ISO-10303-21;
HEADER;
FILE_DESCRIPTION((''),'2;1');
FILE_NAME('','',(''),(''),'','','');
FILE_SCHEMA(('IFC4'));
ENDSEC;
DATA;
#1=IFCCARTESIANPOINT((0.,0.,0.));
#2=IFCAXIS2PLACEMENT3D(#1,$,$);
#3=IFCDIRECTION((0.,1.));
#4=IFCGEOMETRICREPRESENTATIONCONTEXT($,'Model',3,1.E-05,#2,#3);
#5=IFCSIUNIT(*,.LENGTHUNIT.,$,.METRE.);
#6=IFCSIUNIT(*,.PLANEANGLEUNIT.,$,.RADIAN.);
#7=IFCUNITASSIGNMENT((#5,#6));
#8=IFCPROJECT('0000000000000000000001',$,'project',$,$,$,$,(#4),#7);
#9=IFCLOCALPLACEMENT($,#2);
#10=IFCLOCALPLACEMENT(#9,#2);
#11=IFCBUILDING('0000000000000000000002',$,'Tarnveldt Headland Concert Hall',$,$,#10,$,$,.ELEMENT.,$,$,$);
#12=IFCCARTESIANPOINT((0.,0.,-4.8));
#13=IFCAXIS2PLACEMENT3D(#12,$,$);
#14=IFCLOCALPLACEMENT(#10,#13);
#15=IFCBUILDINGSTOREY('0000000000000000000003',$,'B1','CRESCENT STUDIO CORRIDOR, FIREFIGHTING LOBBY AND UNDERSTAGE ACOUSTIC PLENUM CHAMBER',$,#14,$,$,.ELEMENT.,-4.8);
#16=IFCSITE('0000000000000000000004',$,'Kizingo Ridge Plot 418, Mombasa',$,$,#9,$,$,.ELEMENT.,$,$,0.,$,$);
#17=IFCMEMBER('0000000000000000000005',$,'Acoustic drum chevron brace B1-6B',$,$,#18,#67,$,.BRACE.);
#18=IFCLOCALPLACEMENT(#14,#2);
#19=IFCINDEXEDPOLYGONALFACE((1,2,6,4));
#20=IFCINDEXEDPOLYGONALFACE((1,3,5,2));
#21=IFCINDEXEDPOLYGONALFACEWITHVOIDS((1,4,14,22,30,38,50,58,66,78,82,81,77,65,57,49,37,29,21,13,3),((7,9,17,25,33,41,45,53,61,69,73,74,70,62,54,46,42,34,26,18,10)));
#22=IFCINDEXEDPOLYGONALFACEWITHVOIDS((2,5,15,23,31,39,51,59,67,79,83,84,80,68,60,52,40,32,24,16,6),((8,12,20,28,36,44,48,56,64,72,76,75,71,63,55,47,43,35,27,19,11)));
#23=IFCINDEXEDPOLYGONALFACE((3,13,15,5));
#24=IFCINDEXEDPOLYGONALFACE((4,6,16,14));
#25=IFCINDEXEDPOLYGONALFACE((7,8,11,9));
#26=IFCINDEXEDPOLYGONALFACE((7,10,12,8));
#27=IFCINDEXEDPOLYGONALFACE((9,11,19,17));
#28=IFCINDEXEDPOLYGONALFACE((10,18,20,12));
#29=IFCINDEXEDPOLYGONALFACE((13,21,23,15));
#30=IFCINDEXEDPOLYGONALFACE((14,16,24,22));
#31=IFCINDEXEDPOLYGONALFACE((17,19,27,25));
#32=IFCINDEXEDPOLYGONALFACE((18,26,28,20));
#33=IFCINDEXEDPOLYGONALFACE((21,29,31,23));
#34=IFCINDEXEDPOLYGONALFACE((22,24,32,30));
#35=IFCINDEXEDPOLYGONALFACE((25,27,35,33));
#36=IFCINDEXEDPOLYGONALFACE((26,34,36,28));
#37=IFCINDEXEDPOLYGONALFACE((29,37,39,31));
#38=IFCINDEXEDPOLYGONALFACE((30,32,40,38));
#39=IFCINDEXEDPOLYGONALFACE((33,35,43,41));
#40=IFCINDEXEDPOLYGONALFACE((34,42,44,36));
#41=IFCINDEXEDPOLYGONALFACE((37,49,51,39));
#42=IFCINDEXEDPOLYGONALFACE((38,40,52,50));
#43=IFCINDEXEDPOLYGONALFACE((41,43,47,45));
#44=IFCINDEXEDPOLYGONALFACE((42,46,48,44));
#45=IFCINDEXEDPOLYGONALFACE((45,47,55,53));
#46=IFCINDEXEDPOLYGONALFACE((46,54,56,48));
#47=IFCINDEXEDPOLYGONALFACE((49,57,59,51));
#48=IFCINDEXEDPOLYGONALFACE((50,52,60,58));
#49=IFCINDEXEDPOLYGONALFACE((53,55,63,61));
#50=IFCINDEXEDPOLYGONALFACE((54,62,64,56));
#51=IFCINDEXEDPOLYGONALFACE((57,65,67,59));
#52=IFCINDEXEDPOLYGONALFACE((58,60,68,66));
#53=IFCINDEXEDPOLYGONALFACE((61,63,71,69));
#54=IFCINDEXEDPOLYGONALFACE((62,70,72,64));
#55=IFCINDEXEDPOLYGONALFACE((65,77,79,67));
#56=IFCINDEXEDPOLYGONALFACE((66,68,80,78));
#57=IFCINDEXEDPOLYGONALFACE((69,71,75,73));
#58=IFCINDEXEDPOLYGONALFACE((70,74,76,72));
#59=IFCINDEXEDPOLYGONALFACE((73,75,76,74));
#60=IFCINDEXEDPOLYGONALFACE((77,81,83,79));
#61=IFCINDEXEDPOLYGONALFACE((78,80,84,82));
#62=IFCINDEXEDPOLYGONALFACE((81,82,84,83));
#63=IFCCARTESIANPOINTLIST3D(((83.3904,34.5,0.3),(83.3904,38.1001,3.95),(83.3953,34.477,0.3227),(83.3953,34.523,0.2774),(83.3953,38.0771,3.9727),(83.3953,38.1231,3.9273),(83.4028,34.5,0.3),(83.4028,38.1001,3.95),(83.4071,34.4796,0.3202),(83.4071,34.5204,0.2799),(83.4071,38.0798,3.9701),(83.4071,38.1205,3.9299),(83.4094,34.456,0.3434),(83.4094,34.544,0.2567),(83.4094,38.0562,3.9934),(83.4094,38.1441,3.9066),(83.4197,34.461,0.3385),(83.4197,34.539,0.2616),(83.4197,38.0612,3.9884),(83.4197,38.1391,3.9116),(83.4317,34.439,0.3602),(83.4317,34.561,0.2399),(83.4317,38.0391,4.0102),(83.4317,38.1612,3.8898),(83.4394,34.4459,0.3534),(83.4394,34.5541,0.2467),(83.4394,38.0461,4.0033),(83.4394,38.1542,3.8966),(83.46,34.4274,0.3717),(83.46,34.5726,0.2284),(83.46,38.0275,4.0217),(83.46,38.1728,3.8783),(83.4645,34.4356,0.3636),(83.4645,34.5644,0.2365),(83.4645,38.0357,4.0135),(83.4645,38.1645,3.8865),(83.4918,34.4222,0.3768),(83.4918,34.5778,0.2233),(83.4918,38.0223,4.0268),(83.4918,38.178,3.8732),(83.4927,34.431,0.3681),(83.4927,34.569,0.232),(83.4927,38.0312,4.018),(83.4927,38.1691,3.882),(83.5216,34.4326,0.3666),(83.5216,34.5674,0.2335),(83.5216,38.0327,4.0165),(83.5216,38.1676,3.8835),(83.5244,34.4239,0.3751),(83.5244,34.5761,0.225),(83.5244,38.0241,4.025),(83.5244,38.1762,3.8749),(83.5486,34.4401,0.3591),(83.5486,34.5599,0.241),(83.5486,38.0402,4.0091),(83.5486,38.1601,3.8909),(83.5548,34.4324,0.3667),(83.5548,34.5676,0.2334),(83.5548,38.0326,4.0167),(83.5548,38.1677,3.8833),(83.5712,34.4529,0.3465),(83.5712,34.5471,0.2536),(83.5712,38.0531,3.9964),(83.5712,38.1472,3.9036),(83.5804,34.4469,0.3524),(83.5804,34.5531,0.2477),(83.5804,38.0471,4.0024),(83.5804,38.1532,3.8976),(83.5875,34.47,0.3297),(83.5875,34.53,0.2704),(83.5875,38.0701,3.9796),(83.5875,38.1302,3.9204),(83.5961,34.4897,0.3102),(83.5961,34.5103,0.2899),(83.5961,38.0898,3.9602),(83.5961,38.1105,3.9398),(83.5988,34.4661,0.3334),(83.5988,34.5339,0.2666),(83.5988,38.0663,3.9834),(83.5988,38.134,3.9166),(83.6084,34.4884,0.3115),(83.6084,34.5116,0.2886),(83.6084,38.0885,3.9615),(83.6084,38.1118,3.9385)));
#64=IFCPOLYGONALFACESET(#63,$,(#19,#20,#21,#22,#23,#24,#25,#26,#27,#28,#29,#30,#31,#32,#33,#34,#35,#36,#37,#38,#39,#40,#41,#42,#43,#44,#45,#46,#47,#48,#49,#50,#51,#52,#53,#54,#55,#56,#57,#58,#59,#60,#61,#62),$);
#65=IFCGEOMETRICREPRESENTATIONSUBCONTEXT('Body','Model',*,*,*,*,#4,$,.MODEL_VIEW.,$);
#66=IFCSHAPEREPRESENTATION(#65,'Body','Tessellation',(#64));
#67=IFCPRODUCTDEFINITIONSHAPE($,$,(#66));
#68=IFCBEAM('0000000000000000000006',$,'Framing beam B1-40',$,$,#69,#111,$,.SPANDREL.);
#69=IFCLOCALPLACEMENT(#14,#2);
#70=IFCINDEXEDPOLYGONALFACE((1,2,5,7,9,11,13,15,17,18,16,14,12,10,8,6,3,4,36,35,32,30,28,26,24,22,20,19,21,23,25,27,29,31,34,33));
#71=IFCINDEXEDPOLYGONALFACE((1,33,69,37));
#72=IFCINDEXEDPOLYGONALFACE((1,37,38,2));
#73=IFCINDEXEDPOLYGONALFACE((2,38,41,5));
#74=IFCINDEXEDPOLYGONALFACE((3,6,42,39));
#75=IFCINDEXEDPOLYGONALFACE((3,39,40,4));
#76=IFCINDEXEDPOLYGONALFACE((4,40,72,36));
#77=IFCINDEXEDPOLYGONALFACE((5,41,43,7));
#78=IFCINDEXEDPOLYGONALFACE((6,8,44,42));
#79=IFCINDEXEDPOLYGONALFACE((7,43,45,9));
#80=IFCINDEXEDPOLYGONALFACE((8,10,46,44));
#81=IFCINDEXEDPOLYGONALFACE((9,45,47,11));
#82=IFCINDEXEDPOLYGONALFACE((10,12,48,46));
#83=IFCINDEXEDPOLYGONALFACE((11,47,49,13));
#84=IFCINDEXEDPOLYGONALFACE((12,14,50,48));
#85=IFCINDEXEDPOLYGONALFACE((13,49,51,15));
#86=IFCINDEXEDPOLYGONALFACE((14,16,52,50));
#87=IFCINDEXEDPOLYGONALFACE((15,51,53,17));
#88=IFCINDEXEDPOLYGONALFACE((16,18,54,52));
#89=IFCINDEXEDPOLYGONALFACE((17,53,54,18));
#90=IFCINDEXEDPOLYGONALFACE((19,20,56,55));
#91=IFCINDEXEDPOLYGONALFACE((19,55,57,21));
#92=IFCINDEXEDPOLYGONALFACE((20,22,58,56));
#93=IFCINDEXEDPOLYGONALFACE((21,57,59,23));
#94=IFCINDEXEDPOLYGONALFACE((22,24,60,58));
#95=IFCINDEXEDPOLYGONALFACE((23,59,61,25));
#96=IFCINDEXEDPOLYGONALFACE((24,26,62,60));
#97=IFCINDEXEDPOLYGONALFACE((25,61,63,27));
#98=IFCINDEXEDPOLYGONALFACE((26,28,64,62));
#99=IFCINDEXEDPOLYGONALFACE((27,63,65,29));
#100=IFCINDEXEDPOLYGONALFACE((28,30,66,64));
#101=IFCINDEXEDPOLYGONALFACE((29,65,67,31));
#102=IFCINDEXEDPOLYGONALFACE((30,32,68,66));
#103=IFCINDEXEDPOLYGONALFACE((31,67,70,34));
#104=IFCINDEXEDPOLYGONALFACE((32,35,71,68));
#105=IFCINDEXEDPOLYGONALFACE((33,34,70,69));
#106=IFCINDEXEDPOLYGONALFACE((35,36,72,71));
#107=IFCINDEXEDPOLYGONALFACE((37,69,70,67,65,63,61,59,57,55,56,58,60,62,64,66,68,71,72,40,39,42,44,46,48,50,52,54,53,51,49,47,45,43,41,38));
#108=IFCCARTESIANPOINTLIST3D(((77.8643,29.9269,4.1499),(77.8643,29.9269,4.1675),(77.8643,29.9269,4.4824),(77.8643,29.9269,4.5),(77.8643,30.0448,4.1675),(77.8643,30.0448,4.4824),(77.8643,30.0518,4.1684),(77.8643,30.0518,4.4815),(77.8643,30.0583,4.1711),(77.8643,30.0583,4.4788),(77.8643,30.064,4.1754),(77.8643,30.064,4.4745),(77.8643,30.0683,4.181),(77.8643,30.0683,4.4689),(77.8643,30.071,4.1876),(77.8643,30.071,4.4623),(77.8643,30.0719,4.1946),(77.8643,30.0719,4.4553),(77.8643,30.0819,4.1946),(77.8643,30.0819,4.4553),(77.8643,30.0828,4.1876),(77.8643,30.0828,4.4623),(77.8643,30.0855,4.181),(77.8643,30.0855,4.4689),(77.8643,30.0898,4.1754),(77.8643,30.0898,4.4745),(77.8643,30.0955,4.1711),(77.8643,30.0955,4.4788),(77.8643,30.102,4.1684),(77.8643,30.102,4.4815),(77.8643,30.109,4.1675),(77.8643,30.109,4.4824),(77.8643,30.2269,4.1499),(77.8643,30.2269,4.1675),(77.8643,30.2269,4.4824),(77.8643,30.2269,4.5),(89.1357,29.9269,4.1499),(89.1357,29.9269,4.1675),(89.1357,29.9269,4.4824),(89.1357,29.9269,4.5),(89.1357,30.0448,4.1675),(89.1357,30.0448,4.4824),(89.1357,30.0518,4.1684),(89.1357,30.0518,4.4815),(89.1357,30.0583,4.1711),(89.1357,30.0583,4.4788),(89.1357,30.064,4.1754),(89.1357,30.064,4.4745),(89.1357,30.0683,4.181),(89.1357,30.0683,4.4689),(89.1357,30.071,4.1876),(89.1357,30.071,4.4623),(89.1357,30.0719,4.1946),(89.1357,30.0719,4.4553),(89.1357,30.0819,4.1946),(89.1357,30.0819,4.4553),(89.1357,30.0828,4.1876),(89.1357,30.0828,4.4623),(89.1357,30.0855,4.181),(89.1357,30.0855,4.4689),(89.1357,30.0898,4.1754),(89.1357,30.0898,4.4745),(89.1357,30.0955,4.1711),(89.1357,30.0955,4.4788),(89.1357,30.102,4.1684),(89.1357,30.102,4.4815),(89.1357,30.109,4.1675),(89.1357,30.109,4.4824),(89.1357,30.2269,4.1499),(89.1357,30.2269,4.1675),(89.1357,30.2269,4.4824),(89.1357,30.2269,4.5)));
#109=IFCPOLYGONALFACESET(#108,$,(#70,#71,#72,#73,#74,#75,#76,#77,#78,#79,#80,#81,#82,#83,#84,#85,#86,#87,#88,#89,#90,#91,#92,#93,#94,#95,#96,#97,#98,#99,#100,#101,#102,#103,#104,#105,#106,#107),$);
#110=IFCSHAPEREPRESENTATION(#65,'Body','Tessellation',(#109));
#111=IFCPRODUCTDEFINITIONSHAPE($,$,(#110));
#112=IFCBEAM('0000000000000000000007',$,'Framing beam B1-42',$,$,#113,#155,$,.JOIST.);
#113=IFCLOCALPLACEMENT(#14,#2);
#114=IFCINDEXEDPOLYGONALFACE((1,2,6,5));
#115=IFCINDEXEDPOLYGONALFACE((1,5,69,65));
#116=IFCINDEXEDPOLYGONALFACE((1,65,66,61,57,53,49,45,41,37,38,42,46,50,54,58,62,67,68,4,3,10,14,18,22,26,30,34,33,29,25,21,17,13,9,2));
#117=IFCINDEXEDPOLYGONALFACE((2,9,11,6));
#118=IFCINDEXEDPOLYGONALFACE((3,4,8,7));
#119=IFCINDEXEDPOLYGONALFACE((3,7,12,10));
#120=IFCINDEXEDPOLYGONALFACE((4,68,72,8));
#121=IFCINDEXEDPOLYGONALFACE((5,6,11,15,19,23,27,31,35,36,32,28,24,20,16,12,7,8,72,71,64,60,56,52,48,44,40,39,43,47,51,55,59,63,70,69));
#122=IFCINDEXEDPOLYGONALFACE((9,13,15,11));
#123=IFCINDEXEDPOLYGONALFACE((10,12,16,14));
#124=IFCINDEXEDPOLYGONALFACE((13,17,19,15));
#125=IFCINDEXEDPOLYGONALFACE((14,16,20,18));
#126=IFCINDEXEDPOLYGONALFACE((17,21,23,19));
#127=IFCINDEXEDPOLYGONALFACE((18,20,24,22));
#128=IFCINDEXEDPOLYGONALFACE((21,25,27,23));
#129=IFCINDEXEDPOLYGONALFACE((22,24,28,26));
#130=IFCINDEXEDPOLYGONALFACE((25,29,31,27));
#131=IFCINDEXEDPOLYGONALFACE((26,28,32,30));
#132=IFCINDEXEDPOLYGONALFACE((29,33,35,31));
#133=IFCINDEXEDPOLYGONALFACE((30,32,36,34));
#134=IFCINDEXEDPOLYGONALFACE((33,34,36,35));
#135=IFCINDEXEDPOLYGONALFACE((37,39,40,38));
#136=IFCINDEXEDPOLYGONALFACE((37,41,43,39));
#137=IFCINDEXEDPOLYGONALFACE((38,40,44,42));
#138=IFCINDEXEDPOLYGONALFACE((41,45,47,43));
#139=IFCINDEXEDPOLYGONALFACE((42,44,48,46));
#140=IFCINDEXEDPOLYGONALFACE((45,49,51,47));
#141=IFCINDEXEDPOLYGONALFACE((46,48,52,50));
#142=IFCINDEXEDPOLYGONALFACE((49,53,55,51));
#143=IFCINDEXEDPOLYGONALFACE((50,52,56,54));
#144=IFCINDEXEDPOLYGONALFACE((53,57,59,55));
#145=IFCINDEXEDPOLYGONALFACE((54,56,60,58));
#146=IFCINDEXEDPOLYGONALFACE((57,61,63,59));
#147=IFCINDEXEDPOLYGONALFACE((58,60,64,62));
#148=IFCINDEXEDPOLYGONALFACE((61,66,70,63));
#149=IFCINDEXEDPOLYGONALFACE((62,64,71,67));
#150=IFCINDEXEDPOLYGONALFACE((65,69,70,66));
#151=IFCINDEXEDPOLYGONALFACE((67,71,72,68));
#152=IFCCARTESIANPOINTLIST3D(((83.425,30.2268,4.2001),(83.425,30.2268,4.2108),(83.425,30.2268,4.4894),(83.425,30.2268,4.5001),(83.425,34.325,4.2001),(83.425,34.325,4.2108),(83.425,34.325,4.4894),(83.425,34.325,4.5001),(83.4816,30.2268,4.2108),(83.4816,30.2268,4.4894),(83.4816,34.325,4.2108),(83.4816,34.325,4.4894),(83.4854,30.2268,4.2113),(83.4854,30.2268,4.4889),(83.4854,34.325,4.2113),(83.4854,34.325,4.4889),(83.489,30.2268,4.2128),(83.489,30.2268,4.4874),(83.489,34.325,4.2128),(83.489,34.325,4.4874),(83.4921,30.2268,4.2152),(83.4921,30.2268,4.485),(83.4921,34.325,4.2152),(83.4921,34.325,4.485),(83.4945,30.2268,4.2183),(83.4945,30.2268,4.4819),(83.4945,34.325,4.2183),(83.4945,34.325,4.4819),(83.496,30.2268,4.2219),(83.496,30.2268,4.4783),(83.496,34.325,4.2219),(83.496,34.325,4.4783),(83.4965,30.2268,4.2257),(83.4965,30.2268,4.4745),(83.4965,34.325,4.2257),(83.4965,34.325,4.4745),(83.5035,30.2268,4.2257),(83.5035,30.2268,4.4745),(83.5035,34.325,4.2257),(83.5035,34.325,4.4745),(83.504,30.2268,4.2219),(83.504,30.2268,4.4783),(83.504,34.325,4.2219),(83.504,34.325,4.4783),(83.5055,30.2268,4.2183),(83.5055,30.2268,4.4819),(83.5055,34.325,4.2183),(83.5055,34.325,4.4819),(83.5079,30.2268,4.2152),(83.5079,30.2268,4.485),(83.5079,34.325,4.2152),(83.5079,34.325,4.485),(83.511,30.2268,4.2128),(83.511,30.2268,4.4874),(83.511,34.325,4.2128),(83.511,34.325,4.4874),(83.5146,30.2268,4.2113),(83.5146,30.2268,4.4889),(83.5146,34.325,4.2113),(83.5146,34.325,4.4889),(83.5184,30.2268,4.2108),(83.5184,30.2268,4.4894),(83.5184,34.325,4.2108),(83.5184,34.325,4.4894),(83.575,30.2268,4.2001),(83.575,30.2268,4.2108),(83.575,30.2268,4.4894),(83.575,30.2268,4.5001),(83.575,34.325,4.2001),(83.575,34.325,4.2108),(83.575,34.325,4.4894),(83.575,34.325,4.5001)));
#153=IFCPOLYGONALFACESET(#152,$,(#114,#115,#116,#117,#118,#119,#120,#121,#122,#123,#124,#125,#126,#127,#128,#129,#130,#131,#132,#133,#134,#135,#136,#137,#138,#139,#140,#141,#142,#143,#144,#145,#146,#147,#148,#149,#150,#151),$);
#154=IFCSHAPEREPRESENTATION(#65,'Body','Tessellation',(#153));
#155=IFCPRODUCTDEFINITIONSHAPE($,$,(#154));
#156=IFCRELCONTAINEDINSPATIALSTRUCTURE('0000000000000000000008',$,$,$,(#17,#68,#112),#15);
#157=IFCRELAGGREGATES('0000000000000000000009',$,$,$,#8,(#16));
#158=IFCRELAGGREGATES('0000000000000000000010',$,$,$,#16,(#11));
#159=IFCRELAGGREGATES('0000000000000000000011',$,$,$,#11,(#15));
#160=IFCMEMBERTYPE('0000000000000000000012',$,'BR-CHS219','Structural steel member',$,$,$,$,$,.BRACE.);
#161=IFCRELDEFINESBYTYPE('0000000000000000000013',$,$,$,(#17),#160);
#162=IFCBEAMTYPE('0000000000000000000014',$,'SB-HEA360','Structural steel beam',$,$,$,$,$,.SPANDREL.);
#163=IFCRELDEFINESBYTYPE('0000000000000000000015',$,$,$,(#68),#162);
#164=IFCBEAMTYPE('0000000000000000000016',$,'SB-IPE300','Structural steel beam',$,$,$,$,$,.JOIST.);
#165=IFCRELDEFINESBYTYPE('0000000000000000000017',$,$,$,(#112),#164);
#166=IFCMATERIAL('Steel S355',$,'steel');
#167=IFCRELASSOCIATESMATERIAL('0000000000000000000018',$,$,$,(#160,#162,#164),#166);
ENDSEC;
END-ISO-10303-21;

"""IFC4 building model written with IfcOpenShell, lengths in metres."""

from ifc_helpers import new_model, si_unit, direction, frame, origin, origin_2d, place, context, subcontext, project, spatial, hollow_circle, i_section, extrude, material, material_profile, profile_set, type_object, element, save


model = new_model("IFC4")

# Units and contexts
model_context = context("Model", 3, precision=1e-05, world=origin(), true_north=direction((0.0, 1.0)))
body_context = subcontext(model_context, "Body", "Model", "MODEL_VIEW")
ifc_project = project(units=[si_unit("LENGTHUNIT", "METRE"), si_unit("PLANEANGLEUNIT", "RADIAN")], contexts=[model_context])

# Site, building, storey
site_placement = place(None, origin())
site = spatial("IfcSite", under=ifc_project, at=site_placement, Name="Kizingo Ridge Plot 418, Mombasa", CompositionType="ELEMENT", RefElevation=0.0)
building_placement = place(site_placement, origin())
building = spatial("IfcBuilding", under=site, at=building_placement, Name="Tarnveldt Headland Concert Hall", CompositionType="ELEMENT")
storey_placement = place(building_placement, frame((0.0, 0.0, -4.8)))
storey = spatial("IfcBuildingStorey", under=building, at=storey_placement, Name="B1", Description="CRESCENT STUDIO CORRIDOR, FIREFIGHTING LOBBY AND UNDERSTAGE ACOUSTIC PLENUM CHAMBER", CompositionType="ELEMENT", Elevation=-4.8)

# Member
ifc_material_1 = material(Name="Steel S355", Category="steel")
ifc_material_profile_1 = material_profile(ifc_material_1, hollow_circle(Radius=0.1096, WallThickness=0.0125, at=origin_2d()), Name="CHS 219.1x12.5", Category="steel")
ifc_profile_set_1 = profile_set([ifc_material_profile_1], Name="Steel S355")
member_type = type_object("IfcMemberType", Name="BR-CHS219", Description="Structural steel member", PredefinedType="BRACE", material=ifc_profile_set_1)
member_placement = place(storey_placement, frame((83.5, 34.5, 0.3), z_axis=(0.0, 0.702233, 0.711948), x_axis=(-1.0, 0.0, 0.0)))
element("IfcMember", 1, at=member_placement, inside=storey, type_object=member_type, Name="Acoustic drum chevron brace B1-6B", PredefinedType="BRACE", context=body_context, shape_type="SweptSolid", body=[
    extrude(hollow_circle(Radius=0.1096, WallThickness=0.0125, at=origin_2d()), origin(), (0.0, 0.0, 1.0), 5.1267),
])

# Beams
ifc_material_profile_2 = material_profile(ifc_material_1, i_section(OverallWidth=0.3, OverallDepth=0.3501, WebThickness=0.01, FlangeThickness=0.0176, FilletRadius=0.0271, at=origin_2d()), Name="HEA360", Category="steel")
ifc_profile_set_2 = profile_set([ifc_material_profile_2], Name="Steel S355")
beam_type_1 = type_object("IfcBeamType", Name="SB-HEA360", Description="Structural steel beam", PredefinedType="SPANDREL", material=ifc_profile_set_2)
beam_1_placement = place(storey_placement, frame((77.8643, 30.0769, 4.325), z_axis=(1.0, 0.0, 0.0), x_axis=(0.0, 1.0, 0.0)))
element("IfcBeam", 2, at=beam_1_placement, inside=storey, type_object=beam_type_1, Name="Framing beam B1-40", PredefinedType="SPANDREL", context=body_context, shape_type="SweptSolid", body=[
    extrude(i_section(OverallWidth=0.3, OverallDepth=0.3501, WebThickness=0.01, FlangeThickness=0.0176, FilletRadius=0.0271, at=origin_2d()), origin(), (0.0, 0.0, 1.0), 11.2715),
])
ifc_material_profile_3 = material_profile(ifc_material_1, i_section(OverallWidth=0.1499, OverallDepth=0.3, WebThickness=0.0071, FlangeThickness=0.0107, FilletRadius=0.0149, at=origin_2d()), Name="IPE300", Category="steel")
ifc_profile_set_3 = profile_set([ifc_material_profile_3], Name="Steel S355")
beam_type_2 = type_object("IfcBeamType", Name="SB-IPE300", Description="Structural steel beam", PredefinedType="JOIST", material=ifc_profile_set_3)
beam_2_placement = place(storey_placement, frame((83.5, 34.325, 4.3501), z_axis=(0.0, -1.0, 0.0), x_axis=(1.0, 0.0, 0.0)))
element("IfcBeam", 3, at=beam_2_placement, inside=storey, type_object=beam_type_2, Name="Framing beam B1-42", PredefinedType="JOIST", context=body_context, shape_type="SweptSolid", body=[
    extrude(i_section(OverallWidth=0.1499, OverallDepth=0.3, WebThickness=0.0071, FlangeThickness=0.0107, FilletRadius=0.0149, at=origin_2d()), origin(), (0.0, 0.0, 1.0), 4.0981),
])

save(model, "model.ifc")
